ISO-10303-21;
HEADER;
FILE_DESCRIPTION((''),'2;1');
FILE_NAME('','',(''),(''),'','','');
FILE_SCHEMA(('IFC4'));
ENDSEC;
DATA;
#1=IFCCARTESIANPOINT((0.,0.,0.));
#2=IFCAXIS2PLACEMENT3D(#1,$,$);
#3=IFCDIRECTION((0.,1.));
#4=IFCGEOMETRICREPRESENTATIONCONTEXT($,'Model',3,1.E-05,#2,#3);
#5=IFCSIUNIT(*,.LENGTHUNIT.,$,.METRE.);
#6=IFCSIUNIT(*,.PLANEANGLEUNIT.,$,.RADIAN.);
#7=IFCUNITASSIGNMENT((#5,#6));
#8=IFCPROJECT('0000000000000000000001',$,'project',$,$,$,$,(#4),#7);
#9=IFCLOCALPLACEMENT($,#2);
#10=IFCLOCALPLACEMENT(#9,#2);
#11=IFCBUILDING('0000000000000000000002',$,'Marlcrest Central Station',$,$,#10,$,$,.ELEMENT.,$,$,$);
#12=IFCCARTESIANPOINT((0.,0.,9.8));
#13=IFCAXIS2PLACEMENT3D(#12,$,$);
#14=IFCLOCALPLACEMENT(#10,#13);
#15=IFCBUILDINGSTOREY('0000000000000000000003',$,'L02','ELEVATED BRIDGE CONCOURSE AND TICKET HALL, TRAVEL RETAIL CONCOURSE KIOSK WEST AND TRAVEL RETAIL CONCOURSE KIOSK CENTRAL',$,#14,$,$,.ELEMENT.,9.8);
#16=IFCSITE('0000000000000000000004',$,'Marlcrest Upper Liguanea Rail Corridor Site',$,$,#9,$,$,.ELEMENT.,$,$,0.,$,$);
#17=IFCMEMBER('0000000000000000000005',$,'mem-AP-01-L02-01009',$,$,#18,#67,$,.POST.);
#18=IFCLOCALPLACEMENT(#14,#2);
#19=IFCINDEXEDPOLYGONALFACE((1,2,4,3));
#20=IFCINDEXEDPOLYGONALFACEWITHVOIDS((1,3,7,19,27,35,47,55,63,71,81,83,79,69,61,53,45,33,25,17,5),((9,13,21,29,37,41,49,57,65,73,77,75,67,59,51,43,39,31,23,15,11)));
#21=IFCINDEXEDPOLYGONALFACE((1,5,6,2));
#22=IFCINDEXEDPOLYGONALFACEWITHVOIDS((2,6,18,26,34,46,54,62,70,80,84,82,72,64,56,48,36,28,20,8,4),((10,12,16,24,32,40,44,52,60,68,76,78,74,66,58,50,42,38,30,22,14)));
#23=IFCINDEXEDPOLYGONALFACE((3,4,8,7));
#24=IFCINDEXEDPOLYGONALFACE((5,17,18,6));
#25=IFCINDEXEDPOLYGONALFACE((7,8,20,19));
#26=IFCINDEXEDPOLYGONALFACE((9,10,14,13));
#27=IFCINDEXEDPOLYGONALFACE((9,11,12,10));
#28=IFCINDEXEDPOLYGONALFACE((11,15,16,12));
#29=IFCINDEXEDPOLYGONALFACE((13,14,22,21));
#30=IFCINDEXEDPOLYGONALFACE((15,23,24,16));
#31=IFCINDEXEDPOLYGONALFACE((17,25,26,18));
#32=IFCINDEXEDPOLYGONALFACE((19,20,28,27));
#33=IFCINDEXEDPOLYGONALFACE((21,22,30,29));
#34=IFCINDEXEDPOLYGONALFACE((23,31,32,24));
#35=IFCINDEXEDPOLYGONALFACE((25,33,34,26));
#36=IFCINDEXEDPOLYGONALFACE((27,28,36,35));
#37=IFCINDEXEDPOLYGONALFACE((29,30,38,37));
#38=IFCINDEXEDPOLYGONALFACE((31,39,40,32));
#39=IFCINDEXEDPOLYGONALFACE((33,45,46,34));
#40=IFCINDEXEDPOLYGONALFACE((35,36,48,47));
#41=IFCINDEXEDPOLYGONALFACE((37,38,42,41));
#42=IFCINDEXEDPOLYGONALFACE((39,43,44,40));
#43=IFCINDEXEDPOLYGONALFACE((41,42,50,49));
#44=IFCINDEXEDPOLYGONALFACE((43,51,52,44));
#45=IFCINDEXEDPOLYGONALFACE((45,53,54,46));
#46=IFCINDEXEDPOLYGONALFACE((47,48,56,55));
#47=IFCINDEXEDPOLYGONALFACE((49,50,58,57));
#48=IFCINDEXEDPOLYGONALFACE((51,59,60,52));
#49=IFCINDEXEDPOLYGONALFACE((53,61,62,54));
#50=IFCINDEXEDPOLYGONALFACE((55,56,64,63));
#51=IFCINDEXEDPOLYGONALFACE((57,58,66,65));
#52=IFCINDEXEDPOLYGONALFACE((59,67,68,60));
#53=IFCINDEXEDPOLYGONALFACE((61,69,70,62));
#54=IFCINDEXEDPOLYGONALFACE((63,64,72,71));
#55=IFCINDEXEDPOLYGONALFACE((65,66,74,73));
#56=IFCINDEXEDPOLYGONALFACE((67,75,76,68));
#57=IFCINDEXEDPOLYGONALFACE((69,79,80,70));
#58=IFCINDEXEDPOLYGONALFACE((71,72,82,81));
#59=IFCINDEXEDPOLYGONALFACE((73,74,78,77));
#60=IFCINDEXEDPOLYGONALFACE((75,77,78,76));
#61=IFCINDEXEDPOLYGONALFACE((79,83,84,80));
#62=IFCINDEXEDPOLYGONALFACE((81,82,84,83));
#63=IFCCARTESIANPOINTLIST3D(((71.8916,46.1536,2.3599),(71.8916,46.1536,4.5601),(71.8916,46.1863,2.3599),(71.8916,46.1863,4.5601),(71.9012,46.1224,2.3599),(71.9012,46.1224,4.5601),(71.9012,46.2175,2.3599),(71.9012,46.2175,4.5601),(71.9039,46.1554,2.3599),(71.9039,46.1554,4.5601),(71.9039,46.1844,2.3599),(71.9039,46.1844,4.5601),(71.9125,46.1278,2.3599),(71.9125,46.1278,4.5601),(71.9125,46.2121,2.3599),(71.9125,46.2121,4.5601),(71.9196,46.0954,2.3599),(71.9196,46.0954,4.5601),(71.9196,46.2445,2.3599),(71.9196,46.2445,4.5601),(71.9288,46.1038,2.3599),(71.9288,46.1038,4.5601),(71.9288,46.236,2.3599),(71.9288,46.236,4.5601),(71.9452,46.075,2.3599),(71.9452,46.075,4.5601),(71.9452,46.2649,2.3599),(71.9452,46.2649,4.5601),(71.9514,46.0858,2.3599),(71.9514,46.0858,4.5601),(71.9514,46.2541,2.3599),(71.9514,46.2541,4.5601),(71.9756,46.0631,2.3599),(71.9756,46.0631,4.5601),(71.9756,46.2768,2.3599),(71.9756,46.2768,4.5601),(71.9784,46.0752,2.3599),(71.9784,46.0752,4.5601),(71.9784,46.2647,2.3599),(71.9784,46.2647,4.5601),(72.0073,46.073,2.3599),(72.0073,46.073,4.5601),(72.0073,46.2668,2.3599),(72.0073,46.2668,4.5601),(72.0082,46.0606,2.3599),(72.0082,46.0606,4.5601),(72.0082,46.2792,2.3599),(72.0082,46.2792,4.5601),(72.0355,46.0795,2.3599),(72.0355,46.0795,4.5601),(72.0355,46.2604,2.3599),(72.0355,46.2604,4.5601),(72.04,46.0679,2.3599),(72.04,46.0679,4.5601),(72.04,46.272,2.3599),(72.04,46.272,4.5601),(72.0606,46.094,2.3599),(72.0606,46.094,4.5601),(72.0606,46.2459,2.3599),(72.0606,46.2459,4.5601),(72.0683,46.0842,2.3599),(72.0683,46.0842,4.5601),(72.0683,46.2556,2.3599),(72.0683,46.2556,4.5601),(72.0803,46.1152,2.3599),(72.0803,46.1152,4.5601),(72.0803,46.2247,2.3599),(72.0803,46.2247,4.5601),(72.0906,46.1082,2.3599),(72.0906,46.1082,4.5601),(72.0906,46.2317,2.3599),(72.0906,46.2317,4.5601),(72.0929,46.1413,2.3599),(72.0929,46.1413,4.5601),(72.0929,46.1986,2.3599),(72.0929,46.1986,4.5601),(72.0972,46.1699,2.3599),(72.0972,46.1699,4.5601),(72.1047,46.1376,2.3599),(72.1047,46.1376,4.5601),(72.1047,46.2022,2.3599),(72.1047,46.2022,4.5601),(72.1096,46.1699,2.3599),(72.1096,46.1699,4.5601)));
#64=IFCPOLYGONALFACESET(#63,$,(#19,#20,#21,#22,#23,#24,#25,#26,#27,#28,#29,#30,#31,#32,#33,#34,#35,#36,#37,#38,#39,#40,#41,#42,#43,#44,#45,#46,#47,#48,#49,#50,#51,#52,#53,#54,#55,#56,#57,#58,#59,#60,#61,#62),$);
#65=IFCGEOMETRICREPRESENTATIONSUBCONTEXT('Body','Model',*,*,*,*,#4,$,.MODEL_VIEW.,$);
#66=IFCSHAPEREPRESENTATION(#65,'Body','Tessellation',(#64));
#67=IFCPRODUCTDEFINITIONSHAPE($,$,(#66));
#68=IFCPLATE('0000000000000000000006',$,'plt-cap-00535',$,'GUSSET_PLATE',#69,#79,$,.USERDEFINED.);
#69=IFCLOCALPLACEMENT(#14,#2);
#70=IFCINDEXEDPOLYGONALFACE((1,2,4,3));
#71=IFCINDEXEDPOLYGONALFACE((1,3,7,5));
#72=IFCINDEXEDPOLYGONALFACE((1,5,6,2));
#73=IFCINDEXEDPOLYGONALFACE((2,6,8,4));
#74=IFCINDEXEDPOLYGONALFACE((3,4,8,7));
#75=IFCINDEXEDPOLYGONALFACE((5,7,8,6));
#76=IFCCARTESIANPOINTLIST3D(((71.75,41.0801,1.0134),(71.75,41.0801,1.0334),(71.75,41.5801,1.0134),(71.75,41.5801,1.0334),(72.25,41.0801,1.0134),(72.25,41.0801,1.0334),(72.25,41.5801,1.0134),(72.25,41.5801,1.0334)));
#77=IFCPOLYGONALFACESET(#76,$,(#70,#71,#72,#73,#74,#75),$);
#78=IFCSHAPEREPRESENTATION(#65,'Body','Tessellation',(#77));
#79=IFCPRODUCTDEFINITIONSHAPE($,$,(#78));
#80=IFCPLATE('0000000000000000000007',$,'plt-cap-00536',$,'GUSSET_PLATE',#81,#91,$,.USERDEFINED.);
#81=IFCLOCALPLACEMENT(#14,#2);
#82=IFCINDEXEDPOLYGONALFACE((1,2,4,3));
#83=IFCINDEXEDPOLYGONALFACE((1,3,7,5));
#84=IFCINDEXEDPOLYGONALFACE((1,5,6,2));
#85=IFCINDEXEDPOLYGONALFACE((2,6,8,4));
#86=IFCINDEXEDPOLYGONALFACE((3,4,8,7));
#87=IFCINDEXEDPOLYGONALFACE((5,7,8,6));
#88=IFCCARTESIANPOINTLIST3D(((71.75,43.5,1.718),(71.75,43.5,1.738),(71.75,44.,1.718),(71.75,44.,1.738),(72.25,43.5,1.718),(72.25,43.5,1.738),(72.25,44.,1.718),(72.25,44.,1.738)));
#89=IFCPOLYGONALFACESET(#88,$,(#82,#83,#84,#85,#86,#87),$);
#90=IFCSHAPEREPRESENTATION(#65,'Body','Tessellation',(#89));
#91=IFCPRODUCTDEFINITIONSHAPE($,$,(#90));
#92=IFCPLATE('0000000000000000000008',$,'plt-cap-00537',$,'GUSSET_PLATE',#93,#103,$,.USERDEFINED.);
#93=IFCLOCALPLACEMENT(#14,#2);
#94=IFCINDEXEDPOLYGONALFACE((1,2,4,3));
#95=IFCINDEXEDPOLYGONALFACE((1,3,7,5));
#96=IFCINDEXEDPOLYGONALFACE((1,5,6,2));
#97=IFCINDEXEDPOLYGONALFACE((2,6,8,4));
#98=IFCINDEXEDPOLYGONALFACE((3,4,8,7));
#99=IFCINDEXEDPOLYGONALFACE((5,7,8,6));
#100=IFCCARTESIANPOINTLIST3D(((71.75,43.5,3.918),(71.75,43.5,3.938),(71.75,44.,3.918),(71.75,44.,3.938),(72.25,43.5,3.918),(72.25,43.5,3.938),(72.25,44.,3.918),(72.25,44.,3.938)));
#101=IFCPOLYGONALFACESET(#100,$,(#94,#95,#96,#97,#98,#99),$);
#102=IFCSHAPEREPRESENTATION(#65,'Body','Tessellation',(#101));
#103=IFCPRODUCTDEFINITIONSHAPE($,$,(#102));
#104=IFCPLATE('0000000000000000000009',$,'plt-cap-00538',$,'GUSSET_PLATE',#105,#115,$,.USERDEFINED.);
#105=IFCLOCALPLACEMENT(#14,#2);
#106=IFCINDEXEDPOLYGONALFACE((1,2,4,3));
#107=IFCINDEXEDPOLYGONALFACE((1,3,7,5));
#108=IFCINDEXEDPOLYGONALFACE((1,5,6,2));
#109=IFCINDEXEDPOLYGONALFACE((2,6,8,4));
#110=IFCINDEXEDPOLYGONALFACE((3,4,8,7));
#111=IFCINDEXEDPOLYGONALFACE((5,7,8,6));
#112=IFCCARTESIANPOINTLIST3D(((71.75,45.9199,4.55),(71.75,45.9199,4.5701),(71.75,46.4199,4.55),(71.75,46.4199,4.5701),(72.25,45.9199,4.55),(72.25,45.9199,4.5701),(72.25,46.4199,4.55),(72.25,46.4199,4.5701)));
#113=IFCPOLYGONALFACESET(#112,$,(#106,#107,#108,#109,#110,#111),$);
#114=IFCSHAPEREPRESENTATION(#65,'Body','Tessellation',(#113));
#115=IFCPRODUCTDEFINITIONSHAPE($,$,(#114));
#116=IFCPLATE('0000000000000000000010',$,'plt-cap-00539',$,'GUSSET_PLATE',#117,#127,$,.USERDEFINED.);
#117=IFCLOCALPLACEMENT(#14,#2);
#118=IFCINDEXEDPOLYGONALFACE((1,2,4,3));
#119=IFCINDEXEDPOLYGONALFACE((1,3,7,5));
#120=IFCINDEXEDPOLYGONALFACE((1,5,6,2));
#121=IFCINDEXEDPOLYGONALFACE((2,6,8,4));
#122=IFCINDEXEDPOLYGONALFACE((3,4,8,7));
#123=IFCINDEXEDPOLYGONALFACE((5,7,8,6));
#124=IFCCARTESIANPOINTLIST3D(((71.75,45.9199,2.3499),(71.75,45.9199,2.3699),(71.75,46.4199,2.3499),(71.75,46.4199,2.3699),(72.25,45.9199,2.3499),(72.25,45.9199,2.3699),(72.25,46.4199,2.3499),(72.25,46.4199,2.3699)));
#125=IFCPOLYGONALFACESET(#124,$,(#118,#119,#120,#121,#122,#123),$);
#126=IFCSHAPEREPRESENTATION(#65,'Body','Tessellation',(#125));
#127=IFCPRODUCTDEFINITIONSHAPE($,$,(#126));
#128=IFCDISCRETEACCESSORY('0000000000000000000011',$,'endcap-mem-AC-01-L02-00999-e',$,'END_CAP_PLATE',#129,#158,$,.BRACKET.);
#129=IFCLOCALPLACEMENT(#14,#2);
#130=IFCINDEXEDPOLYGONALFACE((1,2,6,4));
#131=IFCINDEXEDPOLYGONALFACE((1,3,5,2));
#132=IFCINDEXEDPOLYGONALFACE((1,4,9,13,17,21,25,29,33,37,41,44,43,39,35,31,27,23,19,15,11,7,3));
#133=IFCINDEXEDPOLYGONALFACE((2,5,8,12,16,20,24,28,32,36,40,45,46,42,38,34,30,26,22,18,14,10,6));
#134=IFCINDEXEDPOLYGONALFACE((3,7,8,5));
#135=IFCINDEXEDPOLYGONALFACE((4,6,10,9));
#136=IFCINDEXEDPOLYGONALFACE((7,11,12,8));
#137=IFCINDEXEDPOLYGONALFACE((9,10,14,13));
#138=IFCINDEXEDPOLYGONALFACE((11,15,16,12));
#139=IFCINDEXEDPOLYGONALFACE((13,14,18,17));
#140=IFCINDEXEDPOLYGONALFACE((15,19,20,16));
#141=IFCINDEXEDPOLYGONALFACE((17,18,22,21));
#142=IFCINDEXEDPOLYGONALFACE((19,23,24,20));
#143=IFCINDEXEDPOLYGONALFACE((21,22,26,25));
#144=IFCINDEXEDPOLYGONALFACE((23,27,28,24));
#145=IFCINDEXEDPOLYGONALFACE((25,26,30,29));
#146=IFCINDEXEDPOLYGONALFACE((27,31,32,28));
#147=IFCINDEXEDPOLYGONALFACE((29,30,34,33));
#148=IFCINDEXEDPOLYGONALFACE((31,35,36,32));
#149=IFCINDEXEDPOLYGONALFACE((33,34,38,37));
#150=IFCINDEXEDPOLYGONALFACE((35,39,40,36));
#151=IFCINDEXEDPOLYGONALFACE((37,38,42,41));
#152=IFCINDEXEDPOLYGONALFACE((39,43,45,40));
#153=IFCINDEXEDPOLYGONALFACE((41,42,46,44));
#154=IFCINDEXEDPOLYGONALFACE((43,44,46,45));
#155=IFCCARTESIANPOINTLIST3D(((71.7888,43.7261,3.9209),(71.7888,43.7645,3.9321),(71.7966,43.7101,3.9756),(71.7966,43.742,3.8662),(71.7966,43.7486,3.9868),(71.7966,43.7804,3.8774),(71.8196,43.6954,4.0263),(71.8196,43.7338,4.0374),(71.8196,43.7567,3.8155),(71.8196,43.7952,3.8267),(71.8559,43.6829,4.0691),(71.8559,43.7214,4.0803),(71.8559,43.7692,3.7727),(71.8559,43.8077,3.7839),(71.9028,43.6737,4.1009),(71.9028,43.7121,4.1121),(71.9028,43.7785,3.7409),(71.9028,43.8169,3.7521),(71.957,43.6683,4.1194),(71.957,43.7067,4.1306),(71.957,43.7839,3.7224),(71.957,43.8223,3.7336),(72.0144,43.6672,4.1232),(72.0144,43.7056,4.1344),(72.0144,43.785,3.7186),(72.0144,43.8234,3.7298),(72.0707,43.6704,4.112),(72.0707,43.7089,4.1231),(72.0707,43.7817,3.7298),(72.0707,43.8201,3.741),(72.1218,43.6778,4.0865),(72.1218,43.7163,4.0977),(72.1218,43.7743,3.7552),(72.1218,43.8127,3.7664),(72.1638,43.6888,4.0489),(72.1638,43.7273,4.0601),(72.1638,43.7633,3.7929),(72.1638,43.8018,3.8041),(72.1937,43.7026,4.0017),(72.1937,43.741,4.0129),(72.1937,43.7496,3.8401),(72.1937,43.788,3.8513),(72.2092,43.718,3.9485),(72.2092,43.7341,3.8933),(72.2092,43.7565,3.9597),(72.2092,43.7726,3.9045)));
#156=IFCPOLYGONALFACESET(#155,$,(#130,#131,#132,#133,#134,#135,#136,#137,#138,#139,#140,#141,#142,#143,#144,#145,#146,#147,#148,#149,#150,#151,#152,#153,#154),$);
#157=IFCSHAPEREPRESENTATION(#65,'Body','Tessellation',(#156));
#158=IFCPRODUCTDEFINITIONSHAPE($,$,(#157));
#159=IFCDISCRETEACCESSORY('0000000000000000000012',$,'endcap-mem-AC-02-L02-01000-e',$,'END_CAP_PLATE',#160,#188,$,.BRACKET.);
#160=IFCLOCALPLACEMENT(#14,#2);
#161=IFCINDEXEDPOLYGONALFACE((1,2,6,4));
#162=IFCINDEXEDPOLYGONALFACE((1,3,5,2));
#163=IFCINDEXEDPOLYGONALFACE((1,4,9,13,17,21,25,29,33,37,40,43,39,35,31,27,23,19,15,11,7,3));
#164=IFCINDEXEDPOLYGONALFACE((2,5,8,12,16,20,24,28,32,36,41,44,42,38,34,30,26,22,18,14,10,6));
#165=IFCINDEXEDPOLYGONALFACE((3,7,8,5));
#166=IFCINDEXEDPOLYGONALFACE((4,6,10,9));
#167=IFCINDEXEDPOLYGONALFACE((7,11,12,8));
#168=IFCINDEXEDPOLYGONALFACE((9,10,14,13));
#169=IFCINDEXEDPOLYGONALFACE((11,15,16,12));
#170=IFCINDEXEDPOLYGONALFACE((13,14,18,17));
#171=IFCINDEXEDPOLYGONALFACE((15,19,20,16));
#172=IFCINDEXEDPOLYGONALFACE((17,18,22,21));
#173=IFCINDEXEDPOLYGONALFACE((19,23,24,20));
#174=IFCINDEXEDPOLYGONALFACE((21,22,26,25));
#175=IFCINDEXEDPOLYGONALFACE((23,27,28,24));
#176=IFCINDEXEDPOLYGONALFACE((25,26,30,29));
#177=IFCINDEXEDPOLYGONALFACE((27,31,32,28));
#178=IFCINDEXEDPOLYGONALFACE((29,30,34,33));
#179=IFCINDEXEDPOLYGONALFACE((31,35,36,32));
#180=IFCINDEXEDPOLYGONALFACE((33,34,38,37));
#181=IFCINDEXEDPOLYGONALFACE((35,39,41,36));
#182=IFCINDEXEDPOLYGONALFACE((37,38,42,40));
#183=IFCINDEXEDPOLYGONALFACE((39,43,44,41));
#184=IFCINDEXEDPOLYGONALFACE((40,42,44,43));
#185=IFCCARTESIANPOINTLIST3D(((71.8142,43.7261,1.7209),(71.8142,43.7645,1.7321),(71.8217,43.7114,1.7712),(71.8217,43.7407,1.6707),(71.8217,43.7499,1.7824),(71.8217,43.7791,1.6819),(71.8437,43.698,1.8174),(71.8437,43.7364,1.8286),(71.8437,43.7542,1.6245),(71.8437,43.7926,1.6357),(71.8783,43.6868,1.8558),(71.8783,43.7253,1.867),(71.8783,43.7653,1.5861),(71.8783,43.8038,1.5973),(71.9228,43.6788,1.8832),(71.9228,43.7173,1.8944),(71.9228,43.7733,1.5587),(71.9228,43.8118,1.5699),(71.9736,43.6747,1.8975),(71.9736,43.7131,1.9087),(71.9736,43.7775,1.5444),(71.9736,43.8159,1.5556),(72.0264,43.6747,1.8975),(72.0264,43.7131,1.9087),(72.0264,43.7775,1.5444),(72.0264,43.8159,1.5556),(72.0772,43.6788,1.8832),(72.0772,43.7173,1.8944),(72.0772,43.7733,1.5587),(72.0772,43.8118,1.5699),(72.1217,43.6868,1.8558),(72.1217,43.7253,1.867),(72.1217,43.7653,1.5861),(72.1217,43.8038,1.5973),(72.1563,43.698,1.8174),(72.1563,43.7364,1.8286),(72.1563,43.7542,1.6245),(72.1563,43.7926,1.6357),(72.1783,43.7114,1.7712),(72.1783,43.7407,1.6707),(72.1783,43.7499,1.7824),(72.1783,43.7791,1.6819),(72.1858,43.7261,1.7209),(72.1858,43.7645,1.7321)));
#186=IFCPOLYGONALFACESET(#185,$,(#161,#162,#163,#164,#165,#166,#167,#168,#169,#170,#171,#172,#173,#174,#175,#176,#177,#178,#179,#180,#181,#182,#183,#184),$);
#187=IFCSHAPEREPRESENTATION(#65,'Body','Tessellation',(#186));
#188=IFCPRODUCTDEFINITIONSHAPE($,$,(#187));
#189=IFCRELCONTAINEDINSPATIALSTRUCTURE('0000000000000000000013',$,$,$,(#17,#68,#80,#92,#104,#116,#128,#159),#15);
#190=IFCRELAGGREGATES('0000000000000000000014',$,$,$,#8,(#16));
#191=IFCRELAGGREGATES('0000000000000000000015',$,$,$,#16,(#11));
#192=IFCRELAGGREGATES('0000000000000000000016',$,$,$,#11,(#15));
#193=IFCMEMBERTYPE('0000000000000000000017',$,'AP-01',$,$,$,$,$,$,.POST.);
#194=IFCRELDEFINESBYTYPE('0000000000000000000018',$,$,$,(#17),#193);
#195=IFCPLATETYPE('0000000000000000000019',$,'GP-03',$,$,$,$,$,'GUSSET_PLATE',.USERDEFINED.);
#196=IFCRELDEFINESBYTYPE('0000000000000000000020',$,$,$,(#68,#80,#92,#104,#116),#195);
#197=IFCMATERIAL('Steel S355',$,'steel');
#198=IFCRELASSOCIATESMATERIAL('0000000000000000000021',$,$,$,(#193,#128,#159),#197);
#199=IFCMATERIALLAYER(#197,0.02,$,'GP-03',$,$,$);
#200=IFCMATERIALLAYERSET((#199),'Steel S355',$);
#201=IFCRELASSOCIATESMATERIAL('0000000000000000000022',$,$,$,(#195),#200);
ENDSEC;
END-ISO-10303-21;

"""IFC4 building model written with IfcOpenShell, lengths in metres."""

from ifc_helpers import new_model, si_unit, direction, frame, origin, origin_2d, place, context, subcontext, project, spatial, rectangle, circle, hollow_circle, extrude, material, layer, layer_set, material_profile, profile_set, type_object, element, save


model = new_model("IFC4")

# Units and contexts
model_context = context("Model", 3, precision=1e-05, world=origin(), true_north=direction((0.0, 1.0)))
body_context = subcontext(model_context, "Body", "Model", "MODEL_VIEW")
ifc_project = project(units=[si_unit("LENGTHUNIT", "METRE"), si_unit("PLANEANGLEUNIT", "RADIAN")], contexts=[model_context])

# Site, building, storey
site_placement = place(None, origin())
site = spatial("IfcSite", under=ifc_project, at=site_placement, Name="Marlcrest Upper Liguanea Rail Corridor Site", CompositionType="ELEMENT", RefElevation=0.0)
building_placement = place(site_placement, origin())
building = spatial("IfcBuilding", under=site, at=building_placement, Name="Marlcrest Central Station", CompositionType="ELEMENT")
storey_placement = place(building_placement, frame((0.0, 0.0, 9.8)))
storey = spatial("IfcBuildingStorey", under=building, at=storey_placement, Name="L02", Description="ELEVATED BRIDGE CONCOURSE AND TICKET HALL, TRAVEL RETAIL CONCOURSE KIOSK WEST AND TRAVEL RETAIL CONCOURSE KIOSK CENTRAL", CompositionType="ELEMENT", Elevation=9.8)

# Member
ifc_material = material(Name="Steel S355", Category="steel")
ifc_material_profile_1 = material_profile(ifc_material, hollow_circle(Radius=0.1096, WallThickness=0.0125, at=origin_2d()), Name="CHS 219.1x12.5")
ifc_profile_set_1 = profile_set([ifc_material_profile_1], Name="Steel S355")
member_type_1 = type_object("IfcMemberType", Name="AP-01", PredefinedType="POST", material=ifc_profile_set_1)
member_1_placement = place(storey_placement, frame((72.0, 46.1699, 2.3599), z_axis=(0.0, 0.0, 1.0), x_axis=(1.0, 0.0, 0.0)))
element("IfcMember", 1, at=member_1_placement, inside=storey, type_object=member_type_1, Name="mem-AP-01-L02-01009", PredefinedType="POST", context=body_context, shape_type="SweptSolid", body=[
    extrude(hollow_circle(Radius=0.1096, WallThickness=0.0125, at=origin_2d()), origin(), (0.0, 0.0, 1.0), 2.2002),
])

# Plates
ifc_layer = layer(ifc_material, 0.02, Name="GP-03")
ifc_layer_set = layer_set([ifc_layer], Name="Steel S355")
plate_type = type_object("IfcPlateType", Name="GP-03", ElementType="GUSSET_PLATE", PredefinedType="USERDEFINED", material=ifc_layer_set)
for number, where, z_axis, x_axis, name in (
    (2, (72.0, 41.3301, 1.0134), (0.0, 0.0, 1.0), (1.0, 0.0, 0.0), "plt-cap-00535"),
    (3, (72.0, 43.75, 1.718), (0.0, 0.0, 1.0), (1.0, 0.0, 0.0), "plt-cap-00536"),
    (4, (72.0, 43.75, 3.918), (0.0, 0.0, 1.0), (1.0, 0.0, 0.0), "plt-cap-00537"),
    (5, (72.0, 46.1699, 4.55), (0.0, 0.0, 1.0), (1.0, 0.0, 0.0), "plt-cap-00538"),
    (6, (72.0, 46.1699, 2.3499), (0.0, 0.0, 1.0), (1.0, 0.0, 0.0), "plt-cap-00539"),
):
    element("IfcPlate", number, at=place(storey_placement, frame(where, z_axis=z_axis, x_axis=x_axis)), inside=storey, type_object=plate_type, Name=name, ObjectType="GUSSET_PLATE", PredefinedType="USERDEFINED", context=body_context, shape_type="SweptSolid", body=[
        extrude(rectangle(XDim=0.5, YDim=0.5, at=origin_2d()), origin(), (0.0, 0.0, 1.0), 0.02),
    ])

# Discrete accessories
discrete_accessory_1_placement = place(storey_placement, frame((72.0, 43.7261, 3.9209), z_axis=(0.0, 0.96013, 0.279554), x_axis=(-1.0, 0.0, 0.0)))
element("IfcDiscreteAccessory", 7, at=discrete_accessory_1_placement, inside=storey, material=ifc_material, Name="endcap-mem-AC-01-L02-00999-e", ObjectType="END_CAP_PLATE", PredefinedType="BRACKET", context=body_context, shape_type="SweptSolid", body=[
    extrude(circle(Radius=0.2112, at=origin_2d()), origin(), (0.0, 0.0, 1.0), 0.04),
])
discrete_accessory_2_placement = place(storey_placement, frame((72.0, 43.7261, 1.7209), z_axis=(0.0, 0.96013, 0.279554), x_axis=(-1.0, 0.0, 0.0)))
element("IfcDiscreteAccessory", 8, at=discrete_accessory_2_placement, inside=storey, material=ifc_material, Name="endcap-mem-AC-02-L02-01000-e", ObjectType="END_CAP_PLATE", PredefinedType="BRACKET", context=body_context, shape_type="SweptSolid", body=[
    extrude(circle(Radius=0.1858, at=origin_2d()), origin(), (0.0, 0.0, 1.0), 0.04),
])

save(model, "model.ifc")
